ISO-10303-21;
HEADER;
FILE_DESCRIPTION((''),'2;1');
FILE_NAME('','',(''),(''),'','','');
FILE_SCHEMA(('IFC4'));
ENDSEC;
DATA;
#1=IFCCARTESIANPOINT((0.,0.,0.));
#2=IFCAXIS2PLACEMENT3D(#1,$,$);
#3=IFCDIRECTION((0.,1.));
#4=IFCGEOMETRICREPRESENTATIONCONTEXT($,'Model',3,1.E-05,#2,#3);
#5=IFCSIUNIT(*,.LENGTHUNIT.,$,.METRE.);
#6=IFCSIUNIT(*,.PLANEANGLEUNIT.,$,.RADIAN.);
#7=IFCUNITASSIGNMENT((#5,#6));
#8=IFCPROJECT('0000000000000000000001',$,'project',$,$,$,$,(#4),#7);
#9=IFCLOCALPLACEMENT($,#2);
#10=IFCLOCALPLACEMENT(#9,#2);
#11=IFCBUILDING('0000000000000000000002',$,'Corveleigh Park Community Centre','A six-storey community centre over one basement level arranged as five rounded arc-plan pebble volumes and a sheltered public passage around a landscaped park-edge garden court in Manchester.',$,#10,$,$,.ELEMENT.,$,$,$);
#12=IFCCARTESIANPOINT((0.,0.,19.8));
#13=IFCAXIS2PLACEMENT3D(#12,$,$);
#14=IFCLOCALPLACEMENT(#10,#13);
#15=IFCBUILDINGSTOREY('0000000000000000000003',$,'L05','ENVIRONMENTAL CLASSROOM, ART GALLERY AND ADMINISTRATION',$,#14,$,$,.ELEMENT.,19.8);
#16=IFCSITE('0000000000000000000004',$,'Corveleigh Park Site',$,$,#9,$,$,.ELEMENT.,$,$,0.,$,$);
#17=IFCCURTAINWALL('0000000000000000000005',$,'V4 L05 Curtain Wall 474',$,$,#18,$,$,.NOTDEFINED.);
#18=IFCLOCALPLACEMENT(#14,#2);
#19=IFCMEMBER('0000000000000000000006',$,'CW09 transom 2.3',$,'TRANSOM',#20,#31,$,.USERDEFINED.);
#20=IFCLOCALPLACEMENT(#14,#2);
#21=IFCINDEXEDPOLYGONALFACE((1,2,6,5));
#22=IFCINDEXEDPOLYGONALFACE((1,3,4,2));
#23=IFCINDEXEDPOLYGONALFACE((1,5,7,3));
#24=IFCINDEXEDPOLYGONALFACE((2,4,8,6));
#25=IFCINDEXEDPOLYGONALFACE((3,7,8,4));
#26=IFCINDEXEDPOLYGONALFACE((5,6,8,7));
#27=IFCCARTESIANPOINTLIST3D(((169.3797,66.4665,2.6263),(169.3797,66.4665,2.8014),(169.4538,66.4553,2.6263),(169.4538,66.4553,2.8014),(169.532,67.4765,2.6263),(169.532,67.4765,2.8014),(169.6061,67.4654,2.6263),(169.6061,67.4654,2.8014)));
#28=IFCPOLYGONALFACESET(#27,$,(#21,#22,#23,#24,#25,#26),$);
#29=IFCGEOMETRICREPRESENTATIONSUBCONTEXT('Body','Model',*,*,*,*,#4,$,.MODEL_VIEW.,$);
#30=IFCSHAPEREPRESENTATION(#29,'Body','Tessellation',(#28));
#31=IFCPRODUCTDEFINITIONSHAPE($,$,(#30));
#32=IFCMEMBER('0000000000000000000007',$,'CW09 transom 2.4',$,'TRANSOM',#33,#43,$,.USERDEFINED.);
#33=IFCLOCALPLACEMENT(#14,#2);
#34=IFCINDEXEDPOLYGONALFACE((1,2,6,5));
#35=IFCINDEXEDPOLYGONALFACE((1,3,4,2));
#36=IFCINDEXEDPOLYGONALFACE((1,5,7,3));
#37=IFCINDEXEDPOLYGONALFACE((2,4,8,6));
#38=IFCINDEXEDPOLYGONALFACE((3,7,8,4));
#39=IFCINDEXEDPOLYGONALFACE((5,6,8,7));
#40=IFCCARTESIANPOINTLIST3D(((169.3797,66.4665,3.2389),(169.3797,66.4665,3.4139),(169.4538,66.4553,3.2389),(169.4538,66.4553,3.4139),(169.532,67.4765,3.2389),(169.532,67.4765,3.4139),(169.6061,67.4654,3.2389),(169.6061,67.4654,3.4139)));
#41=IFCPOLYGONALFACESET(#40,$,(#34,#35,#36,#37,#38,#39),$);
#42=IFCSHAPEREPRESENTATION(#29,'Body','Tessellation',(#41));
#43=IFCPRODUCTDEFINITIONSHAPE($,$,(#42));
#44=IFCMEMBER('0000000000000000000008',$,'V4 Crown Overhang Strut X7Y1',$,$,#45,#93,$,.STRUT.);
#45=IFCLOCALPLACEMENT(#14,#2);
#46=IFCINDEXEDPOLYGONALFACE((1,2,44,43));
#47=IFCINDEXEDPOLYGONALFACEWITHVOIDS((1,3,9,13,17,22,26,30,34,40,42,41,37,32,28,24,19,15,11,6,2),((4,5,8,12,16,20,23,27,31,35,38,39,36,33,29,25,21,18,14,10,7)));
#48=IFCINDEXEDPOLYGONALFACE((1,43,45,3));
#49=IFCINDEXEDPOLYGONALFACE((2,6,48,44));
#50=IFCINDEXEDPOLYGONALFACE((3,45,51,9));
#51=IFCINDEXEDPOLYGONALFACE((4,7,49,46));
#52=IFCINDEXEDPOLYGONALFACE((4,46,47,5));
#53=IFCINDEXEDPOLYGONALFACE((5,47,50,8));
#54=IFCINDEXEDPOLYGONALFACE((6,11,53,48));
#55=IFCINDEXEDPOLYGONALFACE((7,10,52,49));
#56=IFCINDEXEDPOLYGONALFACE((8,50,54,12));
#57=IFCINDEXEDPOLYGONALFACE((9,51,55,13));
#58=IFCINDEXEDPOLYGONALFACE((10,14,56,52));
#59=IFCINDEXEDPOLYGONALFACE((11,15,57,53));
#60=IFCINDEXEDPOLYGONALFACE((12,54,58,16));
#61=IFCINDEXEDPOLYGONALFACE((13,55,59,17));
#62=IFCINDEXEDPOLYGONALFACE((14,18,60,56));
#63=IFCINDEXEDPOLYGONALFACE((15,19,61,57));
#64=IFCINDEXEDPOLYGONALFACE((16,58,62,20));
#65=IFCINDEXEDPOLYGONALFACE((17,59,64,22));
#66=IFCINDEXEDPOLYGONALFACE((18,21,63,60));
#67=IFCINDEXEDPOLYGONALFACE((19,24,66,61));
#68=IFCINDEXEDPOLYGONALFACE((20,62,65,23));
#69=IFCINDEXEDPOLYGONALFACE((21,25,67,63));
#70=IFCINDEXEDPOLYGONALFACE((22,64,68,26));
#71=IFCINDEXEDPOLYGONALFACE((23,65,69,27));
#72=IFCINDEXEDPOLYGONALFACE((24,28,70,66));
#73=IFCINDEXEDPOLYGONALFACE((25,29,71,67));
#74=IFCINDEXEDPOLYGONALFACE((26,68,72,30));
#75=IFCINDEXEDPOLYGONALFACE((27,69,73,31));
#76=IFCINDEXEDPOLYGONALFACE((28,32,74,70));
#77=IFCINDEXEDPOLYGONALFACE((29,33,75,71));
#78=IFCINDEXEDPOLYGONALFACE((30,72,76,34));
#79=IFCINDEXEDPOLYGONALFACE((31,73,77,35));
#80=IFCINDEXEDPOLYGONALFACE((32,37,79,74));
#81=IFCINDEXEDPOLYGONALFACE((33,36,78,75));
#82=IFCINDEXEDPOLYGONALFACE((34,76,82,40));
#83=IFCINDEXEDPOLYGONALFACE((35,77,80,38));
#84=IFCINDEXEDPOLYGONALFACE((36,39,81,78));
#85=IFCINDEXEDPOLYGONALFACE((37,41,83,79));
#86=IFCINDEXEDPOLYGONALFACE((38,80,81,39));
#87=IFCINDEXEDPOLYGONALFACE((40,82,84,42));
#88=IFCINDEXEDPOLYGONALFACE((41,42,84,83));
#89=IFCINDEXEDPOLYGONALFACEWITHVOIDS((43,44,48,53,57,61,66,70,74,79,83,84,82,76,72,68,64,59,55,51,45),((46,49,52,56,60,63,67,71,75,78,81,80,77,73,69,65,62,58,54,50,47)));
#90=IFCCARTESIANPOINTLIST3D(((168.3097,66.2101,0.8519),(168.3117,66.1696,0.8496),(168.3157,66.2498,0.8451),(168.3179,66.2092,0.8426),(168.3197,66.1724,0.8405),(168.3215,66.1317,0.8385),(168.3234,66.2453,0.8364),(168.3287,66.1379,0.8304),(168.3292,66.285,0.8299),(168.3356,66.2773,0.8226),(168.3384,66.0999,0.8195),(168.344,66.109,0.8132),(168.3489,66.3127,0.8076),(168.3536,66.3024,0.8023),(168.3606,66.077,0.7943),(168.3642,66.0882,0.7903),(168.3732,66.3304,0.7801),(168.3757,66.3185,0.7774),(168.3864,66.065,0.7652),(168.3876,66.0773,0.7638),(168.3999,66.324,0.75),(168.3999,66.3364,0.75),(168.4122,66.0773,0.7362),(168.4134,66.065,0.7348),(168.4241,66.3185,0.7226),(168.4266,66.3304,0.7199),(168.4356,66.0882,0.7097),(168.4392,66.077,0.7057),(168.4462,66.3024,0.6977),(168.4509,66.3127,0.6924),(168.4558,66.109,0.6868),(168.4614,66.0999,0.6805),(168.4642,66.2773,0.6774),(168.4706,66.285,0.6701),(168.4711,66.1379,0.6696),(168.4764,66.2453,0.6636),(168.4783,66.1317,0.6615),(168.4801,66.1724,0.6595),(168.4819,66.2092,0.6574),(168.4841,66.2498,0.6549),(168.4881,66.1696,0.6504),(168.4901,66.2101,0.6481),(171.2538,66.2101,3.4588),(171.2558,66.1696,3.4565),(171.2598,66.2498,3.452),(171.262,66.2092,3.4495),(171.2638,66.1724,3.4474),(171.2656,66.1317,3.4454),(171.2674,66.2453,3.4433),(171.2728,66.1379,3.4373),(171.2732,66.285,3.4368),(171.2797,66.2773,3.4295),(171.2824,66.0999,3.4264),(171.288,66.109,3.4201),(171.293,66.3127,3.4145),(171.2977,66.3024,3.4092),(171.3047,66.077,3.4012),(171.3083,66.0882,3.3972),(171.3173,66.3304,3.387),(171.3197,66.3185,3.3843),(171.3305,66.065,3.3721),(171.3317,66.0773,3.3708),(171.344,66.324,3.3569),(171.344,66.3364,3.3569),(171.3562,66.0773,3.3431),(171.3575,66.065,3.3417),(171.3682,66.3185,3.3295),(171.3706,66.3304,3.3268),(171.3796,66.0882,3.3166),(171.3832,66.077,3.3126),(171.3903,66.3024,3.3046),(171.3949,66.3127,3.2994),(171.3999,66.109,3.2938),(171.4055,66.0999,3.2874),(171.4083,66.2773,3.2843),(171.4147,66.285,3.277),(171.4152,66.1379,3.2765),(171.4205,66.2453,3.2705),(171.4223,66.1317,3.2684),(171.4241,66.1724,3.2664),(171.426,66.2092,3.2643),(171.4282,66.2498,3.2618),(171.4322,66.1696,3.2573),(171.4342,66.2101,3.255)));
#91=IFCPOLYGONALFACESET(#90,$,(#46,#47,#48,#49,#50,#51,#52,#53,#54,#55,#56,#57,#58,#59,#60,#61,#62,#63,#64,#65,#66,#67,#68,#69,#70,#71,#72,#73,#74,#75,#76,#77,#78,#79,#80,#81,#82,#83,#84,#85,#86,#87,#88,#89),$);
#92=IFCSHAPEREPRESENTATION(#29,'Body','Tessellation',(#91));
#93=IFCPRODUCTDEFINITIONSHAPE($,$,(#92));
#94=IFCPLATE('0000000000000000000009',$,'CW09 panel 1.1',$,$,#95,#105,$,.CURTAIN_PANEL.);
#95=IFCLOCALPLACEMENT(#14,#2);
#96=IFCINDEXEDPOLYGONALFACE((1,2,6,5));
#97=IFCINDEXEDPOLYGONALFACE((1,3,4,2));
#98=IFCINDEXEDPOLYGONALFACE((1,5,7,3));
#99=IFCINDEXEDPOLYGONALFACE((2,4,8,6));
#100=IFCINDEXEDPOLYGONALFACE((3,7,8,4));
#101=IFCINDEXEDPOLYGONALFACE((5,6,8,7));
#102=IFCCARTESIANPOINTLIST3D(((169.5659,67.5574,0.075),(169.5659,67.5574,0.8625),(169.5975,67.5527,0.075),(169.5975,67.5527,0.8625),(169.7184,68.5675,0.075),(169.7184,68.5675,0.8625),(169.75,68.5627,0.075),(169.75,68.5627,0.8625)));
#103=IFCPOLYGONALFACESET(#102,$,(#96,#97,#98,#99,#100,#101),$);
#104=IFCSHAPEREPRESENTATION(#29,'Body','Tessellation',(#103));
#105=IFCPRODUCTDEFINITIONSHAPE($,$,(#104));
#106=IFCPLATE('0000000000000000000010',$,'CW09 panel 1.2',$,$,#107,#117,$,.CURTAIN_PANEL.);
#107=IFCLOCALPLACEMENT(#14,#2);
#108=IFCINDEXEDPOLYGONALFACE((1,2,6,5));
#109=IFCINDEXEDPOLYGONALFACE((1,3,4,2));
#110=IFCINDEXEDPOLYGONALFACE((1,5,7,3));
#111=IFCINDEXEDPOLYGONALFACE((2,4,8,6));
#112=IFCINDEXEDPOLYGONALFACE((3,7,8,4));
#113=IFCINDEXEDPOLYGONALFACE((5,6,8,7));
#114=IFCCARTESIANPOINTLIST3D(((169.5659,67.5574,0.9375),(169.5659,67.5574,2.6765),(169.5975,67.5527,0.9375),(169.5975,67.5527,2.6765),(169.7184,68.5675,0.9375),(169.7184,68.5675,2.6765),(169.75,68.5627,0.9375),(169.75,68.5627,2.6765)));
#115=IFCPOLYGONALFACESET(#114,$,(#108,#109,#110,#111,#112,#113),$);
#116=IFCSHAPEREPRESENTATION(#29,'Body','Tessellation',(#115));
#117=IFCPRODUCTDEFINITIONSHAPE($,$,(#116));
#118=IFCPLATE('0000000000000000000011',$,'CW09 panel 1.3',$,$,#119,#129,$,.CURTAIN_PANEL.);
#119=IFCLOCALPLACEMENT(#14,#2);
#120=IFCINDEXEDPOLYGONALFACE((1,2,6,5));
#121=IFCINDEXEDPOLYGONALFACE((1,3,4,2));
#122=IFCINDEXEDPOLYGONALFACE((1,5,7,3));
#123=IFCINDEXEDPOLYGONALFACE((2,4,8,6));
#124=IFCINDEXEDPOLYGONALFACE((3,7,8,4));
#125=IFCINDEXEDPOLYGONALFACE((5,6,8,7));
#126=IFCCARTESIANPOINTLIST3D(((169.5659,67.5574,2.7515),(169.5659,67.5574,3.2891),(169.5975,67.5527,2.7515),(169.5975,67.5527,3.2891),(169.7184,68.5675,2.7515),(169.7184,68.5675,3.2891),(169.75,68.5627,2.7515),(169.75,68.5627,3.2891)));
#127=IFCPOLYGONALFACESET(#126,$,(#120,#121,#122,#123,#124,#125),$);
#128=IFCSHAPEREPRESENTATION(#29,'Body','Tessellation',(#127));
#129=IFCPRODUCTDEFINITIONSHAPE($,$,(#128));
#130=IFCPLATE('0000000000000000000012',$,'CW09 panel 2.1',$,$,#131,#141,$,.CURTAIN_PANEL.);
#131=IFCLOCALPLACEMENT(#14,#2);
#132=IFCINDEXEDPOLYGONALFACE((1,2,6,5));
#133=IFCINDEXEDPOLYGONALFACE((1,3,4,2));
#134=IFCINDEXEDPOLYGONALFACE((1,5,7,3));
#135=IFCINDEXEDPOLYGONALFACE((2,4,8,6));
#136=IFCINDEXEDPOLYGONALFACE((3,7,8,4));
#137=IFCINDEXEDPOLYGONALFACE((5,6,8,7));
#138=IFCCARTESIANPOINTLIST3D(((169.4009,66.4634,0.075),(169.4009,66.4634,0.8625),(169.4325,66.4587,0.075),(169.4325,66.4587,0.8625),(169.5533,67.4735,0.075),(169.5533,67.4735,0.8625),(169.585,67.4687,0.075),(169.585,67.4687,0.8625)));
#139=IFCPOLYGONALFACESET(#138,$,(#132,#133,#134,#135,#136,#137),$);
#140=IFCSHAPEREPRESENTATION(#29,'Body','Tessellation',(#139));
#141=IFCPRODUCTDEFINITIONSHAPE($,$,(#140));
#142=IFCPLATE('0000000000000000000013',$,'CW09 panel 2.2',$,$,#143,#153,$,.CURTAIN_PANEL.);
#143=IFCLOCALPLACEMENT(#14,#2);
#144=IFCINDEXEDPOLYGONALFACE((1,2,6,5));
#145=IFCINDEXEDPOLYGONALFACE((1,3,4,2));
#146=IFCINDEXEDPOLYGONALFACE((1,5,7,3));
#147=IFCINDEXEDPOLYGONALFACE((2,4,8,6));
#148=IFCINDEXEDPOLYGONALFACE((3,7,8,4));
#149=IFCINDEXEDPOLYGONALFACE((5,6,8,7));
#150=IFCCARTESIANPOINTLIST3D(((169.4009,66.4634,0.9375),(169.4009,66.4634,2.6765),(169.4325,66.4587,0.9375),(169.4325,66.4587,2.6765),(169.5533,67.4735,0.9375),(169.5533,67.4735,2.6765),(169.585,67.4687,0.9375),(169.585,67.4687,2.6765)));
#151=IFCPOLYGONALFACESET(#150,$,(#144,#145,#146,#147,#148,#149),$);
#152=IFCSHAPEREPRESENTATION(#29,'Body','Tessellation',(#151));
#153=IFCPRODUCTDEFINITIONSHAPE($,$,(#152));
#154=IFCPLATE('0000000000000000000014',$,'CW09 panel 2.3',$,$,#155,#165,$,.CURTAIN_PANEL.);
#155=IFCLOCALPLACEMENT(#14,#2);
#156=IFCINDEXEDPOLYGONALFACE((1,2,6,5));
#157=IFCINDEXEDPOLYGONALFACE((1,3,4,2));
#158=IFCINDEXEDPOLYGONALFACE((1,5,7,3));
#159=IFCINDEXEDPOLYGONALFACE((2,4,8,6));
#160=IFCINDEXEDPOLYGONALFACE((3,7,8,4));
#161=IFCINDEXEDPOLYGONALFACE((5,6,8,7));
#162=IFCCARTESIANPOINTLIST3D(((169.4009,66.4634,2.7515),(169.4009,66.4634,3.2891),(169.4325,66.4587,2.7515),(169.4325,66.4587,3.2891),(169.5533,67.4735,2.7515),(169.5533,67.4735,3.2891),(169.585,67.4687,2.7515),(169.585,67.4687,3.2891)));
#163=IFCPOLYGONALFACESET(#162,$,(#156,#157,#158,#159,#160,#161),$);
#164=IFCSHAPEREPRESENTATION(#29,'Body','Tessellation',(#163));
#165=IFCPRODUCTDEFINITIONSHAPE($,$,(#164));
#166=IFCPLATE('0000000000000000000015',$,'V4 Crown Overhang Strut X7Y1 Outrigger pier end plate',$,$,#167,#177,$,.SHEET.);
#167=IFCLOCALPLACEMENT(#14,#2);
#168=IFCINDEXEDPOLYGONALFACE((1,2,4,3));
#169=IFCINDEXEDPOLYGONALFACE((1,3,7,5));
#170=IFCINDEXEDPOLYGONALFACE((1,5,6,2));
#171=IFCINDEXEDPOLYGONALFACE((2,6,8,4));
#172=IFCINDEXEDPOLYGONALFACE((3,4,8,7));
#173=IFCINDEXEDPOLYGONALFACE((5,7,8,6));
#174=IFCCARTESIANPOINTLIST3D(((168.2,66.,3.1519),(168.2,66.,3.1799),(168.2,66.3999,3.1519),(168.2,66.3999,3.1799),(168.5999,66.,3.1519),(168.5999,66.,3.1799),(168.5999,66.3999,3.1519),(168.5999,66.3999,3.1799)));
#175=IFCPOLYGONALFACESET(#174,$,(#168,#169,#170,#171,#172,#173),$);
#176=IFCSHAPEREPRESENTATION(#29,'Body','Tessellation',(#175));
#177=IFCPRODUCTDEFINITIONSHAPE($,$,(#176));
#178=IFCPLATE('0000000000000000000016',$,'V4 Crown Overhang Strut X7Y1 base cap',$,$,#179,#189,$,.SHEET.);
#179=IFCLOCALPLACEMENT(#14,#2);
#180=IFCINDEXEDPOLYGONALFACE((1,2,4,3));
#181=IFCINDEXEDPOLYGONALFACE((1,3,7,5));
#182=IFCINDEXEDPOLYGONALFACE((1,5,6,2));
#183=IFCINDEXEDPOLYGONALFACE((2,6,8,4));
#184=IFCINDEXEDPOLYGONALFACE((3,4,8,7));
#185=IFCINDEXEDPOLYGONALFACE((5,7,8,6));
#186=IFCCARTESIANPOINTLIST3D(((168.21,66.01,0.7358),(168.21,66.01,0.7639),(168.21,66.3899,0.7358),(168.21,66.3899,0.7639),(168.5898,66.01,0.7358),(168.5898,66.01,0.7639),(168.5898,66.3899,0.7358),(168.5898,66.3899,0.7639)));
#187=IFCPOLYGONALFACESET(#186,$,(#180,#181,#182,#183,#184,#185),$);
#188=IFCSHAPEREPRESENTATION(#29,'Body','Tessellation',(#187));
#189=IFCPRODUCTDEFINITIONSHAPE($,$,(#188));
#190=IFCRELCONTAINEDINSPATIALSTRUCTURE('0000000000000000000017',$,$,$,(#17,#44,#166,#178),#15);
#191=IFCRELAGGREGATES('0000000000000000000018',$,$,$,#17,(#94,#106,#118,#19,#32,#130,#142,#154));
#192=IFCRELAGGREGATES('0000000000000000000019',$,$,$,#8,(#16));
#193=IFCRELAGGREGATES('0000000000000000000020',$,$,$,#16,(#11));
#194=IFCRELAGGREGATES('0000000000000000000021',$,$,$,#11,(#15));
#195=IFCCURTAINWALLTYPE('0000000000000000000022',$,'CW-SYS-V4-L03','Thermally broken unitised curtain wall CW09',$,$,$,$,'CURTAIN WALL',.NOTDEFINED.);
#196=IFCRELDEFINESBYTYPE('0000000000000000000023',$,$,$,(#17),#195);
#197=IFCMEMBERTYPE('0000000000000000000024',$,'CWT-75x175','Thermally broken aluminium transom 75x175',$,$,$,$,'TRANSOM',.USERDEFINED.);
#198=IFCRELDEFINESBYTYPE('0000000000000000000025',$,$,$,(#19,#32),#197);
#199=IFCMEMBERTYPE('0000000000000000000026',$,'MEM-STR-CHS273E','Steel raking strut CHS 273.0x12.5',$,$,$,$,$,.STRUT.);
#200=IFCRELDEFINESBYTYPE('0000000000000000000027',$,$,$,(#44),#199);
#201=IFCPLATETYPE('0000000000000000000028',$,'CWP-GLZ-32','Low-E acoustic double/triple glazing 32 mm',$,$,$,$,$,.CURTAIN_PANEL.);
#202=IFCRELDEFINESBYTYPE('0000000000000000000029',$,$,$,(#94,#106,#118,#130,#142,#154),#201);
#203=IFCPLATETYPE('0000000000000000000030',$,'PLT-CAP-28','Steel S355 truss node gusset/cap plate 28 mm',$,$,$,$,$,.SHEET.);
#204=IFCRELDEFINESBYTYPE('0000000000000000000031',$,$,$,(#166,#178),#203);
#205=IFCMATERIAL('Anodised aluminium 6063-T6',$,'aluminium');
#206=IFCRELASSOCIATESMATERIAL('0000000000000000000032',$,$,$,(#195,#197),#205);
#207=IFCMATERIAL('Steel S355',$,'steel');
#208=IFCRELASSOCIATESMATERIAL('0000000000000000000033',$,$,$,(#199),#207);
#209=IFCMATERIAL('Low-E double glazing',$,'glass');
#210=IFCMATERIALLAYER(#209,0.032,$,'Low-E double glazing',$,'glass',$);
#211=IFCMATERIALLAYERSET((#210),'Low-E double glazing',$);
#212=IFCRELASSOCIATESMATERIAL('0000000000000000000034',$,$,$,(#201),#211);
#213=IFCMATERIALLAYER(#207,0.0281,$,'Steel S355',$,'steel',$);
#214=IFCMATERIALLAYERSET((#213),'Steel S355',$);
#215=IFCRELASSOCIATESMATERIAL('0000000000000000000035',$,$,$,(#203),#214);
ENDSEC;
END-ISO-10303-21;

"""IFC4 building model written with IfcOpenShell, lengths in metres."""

from ifc_helpers import new_model, si_unit, direction, frame, origin, origin_2d, place, context, subcontext, project, spatial, rectangle, hollow_circle, extrude, material, layer, layer_set, material_profile, profile_set, type_object, element, aggregate, save


model = new_model("IFC4")

# Units and contexts
model_context = context("Model", 3, precision=1e-05, world=origin(), true_north=direction((0.0, 1.0)))
body_context = subcontext(model_context, "Body", "Model", "MODEL_VIEW")
ifc_project = project(units=[si_unit("LENGTHUNIT", "METRE"), si_unit("PLANEANGLEUNIT", "RADIAN")], contexts=[model_context])

# Site, building, storey
site_placement = place(None, origin())
site = spatial("IfcSite", under=ifc_project, at=site_placement, Name="Corveleigh Park Site", CompositionType="ELEMENT", RefElevation=0.0)
building_placement = place(site_placement, origin())
building = spatial("IfcBuilding", under=site, at=building_placement, Name="Corveleigh Park Community Centre", Description="A six-storey community centre over one basement level arranged as five rounded arc-plan pebble volumes and a sheltered public passage around a landscaped park-edge garden court in Manchester.", CompositionType="ELEMENT")
storey_placement = place(building_placement, frame((0.0, 0.0, 19.8)))
storey = spatial("IfcBuildingStorey", under=building, at=storey_placement, Name="L05", Description="ENVIRONMENTAL CLASSROOM, ART GALLERY AND ADMINISTRATION", CompositionType="ELEMENT", Elevation=19.8)

# Shared definitions
ifc_material_1 = material(Name="Steel S355", Category="steel")

# Curtain wall, members
ifc_material_2 = material(Name="Anodised aluminium 6063-T6", Category="aluminium")
curtain_wall_type = type_object("IfcCurtainWallType", Name="CW-SYS-V4-L03", Description="Thermally broken unitised curtain wall CW09", ElementType="CURTAIN WALL", PredefinedType="NOTDEFINED", material=ifc_material_2)
curtain_wall_placement = place(storey_placement, origin())
curtain_wall = element("IfcCurtainWall", 1, at=curtain_wall_placement, inside=storey, type_object=curtain_wall_type, Name="V4 L05 Curtain Wall 474", PredefinedType="NOTDEFINED")
ifc_material_profile_1 = material_profile(ifc_material_2, rectangle(XDim=0.075, YDim=0.175, at=origin_2d()), Name="ALU-T75x175", Category="aluminium")
ifc_profile_set_1 = profile_set([ifc_material_profile_1], Name="Anodised aluminium 6063-T6")
member_type_1 = type_object("IfcMemberType", Name="CWT-75x175", Description="Thermally broken aluminium transom 75x175", ElementType="TRANSOM", PredefinedType="USERDEFINED", material=ifc_profile_set_1)
member_1_placement = place(storey_placement, frame((169.5691, 67.4709, 2.7139), z_axis=(-0.149147, -0.988815, 0.0), x_axis=(0.988815, -0.149147, 0.0)))
member_1 = element("IfcMember", 2, at=member_1_placement, type_object=member_type_1, Name="CW09 transom 2.3", ObjectType="TRANSOM", PredefinedType="USERDEFINED", context=body_context, shape_type="SweptSolid", body=[
    extrude(rectangle(XDim=0.075, YDim=0.175, at=origin_2d()), origin(), (0.0, 0.0, 1.0), 1.0215),
])
member_2_placement = place(storey_placement, frame((169.5691, 67.4709, 3.3264), z_axis=(-0.149147, -0.988815, 0.0), x_axis=(0.988815, -0.149147, 0.0)))
member_2 = element("IfcMember", 3, at=member_2_placement, type_object=member_type_1, Name="CW09 transom 2.4", ObjectType="TRANSOM", PredefinedType="USERDEFINED", context=body_context, shape_type="SweptSolid", body=[
    extrude(rectangle(XDim=0.075, YDim=0.175, at=origin_2d()), origin(), (0.0, 0.0, 1.0), 1.0215),
])

# Member
ifc_material_profile_2 = material_profile(ifc_material_1, hollow_circle(Radius=0.1365, WallThickness=0.0125, at=origin_2d()), Name="CHS 273.0x12.5", Category="steel")
ifc_profile_set_2 = profile_set([ifc_material_profile_2], Name="Steel S355")
member_type_2 = type_object("IfcMemberType", Name="MEM-STR-CHS273E", Description="Steel raking strut CHS 273.0x12.5", PredefinedType="STRUT", material=ifc_profile_set_2)
member_3_placement = place(storey_placement, frame((168.3999, 66.2, 0.75), z_axis=(0.748675, 0.0, 0.662937), x_axis=(0.0, 1.0, 0.0)))
element("IfcMember", 4, at=member_3_placement, inside=storey, type_object=member_type_2, Name="V4 Crown Overhang Strut X7Y1", PredefinedType="STRUT", context=body_context, shape_type="SweptSolid", body=[
    extrude(hollow_circle(Radius=0.1365, WallThickness=0.0125, at=origin_2d()), origin(), (0.0, 0.0, 1.0), 3.9324),
])

# Plates
ifc_material_3 = material(Name="Low-E double glazing", Category="glass")
ifc_layer_1 = layer(ifc_material_3, 0.032, Name="Low-E double glazing", Category="glass")
ifc_layer_set_1 = layer_set([ifc_layer_1], Name="Low-E double glazing")
plate_type_1 = type_object("IfcPlateType", Name="CWP-GLZ-32", Description="Low-E acoustic double/triple glazing 32 mm", PredefinedType="CURTAIN_PANEL", material=ifc_layer_set_1)
plate_1_placement = place(storey_placement, frame((169.658, 68.0601, 0.075), z_axis=(0.0, 0.0, 1.0), x_axis=(-0.149277, -0.988795, 0.0)))
plate_1 = element("IfcPlate", 5, at=plate_1_placement, type_object=plate_type_1, Name="CW09 panel 1.1", PredefinedType="CURTAIN_PANEL", context=body_context, shape_type="SweptSolid", body=[
    extrude(rectangle(XDim=1.0215, YDim=0.032, at=origin_2d()), origin(), (0.0, 0.0, 1.0), 0.7876),
])
plate_2_placement = place(storey_placement, frame((169.658, 68.0601, 0.9375), z_axis=(0.0, 0.0, 1.0), x_axis=(-0.149277, -0.988795, 0.0)))
plate_2 = element("IfcPlate", 6, at=plate_2_placement, type_object=plate_type_1, Name="CW09 panel 1.2", PredefinedType="CURTAIN_PANEL", context=body_context, shape_type="SweptSolid", body=[
    extrude(rectangle(XDim=1.0215, YDim=0.032, at=origin_2d()), origin(), (0.0, 0.0, 1.0), 1.739),
])
plate_3_placement = place(storey_placement, frame((169.658, 68.0601, 2.7515), z_axis=(0.0, 0.0, 1.0), x_axis=(-0.149277, -0.988795, 0.0)))
plate_3 = element("IfcPlate", 7, at=plate_3_placement, type_object=plate_type_1, Name="CW09 panel 1.3", PredefinedType="CURTAIN_PANEL", context=body_context, shape_type="SweptSolid", body=[
    extrude(rectangle(XDim=1.0215, YDim=0.032, at=origin_2d()), origin(), (0.0, 0.0, 1.0), 0.5376),
])
plate_4_placement = place(storey_placement, frame((169.4929, 66.9661, 0.075), z_axis=(0.0, 0.0, 1.0), x_axis=(-0.149277, -0.988795, 0.0)))
plate_4 = element("IfcPlate", 8, at=plate_4_placement, type_object=plate_type_1, Name="CW09 panel 2.1", PredefinedType="CURTAIN_PANEL", context=body_context, shape_type="SweptSolid", body=[
    extrude(rectangle(XDim=1.0215, YDim=0.032, at=origin_2d()), origin(), (0.0, 0.0, 1.0), 0.7876),
])
plate_5_placement = place(storey_placement, frame((169.4929, 66.9661, 0.9375), z_axis=(0.0, 0.0, 1.0), x_axis=(-0.149277, -0.988795, 0.0)))
plate_5 = element("IfcPlate", 9, at=plate_5_placement, type_object=plate_type_1, Name="CW09 panel 2.2", PredefinedType="CURTAIN_PANEL", context=body_context, shape_type="SweptSolid", body=[
    extrude(rectangle(XDim=1.0215, YDim=0.032, at=origin_2d()), origin(), (0.0, 0.0, 1.0), 1.739),
])
plate_6_placement = place(storey_placement, frame((169.4929, 66.9661, 2.7515), z_axis=(0.0, 0.0, 1.0), x_axis=(-0.149277, -0.988795, 0.0)))
plate_6 = element("IfcPlate", 10, at=plate_6_placement, type_object=plate_type_1, Name="CW09 panel 2.3", PredefinedType="CURTAIN_PANEL", context=body_context, shape_type="SweptSolid", body=[
    extrude(rectangle(XDim=1.0215, YDim=0.032, at=origin_2d()), origin(), (0.0, 0.0, 1.0), 0.5376),
])
aggregate(curtain_wall, [plate_1, plate_2, plate_3, member_1, member_2, plate_4, plate_5, plate_6])

# Plates
ifc_layer_2 = layer(ifc_material_1, 0.0281, Name="Steel S355", Category="steel")
ifc_layer_set_2 = layer_set([ifc_layer_2], Name="Steel S355")
plate_type_2 = type_object("IfcPlateType", Name="PLT-CAP-28", Description="Steel S355 truss node gusset/cap plate 28 mm", PredefinedType="SHEET", material=ifc_layer_set_2)
plate_7_placement = place(storey_placement, frame((168.3999, 66.2, 3.1519), z_axis=(0.0, 0.0, 1.0), x_axis=(1.0, 0.0, 0.0)))
element("IfcPlate", 11, at=plate_7_placement, inside=storey, type_object=plate_type_2, Name="V4 Crown Overhang Strut X7Y1 Outrigger pier end plate", PredefinedType="SHEET", context=body_context, shape_type="SweptSolid", body=[
    extrude(rectangle(XDim=0.3999, YDim=0.3999, at=origin_2d()), origin(), (0.0, 0.0, 1.0), 0.0281),
])
for number, where, z_axis, x_axis, name in (
    (12, (168.3999, 66.2, 0.7358), (0.0, 0.0, 1.0), (1.0, 0.0, 0.0), "V4 Crown Overhang Strut X7Y1 base cap"),
):
    element("IfcPlate", number, at=place(storey_placement, frame(where, z_axis=z_axis, x_axis=x_axis)), inside=storey, type_object=plate_type_2, Name=name, PredefinedType="SHEET", context=body_context, shape_type="SweptSolid", body=[
        extrude(rectangle(XDim=0.3799, YDim=0.3799, at=origin_2d()), origin(), (0.0, 0.0, 1.0), 0.0281),
    ])

save(model, "model.ifc")
